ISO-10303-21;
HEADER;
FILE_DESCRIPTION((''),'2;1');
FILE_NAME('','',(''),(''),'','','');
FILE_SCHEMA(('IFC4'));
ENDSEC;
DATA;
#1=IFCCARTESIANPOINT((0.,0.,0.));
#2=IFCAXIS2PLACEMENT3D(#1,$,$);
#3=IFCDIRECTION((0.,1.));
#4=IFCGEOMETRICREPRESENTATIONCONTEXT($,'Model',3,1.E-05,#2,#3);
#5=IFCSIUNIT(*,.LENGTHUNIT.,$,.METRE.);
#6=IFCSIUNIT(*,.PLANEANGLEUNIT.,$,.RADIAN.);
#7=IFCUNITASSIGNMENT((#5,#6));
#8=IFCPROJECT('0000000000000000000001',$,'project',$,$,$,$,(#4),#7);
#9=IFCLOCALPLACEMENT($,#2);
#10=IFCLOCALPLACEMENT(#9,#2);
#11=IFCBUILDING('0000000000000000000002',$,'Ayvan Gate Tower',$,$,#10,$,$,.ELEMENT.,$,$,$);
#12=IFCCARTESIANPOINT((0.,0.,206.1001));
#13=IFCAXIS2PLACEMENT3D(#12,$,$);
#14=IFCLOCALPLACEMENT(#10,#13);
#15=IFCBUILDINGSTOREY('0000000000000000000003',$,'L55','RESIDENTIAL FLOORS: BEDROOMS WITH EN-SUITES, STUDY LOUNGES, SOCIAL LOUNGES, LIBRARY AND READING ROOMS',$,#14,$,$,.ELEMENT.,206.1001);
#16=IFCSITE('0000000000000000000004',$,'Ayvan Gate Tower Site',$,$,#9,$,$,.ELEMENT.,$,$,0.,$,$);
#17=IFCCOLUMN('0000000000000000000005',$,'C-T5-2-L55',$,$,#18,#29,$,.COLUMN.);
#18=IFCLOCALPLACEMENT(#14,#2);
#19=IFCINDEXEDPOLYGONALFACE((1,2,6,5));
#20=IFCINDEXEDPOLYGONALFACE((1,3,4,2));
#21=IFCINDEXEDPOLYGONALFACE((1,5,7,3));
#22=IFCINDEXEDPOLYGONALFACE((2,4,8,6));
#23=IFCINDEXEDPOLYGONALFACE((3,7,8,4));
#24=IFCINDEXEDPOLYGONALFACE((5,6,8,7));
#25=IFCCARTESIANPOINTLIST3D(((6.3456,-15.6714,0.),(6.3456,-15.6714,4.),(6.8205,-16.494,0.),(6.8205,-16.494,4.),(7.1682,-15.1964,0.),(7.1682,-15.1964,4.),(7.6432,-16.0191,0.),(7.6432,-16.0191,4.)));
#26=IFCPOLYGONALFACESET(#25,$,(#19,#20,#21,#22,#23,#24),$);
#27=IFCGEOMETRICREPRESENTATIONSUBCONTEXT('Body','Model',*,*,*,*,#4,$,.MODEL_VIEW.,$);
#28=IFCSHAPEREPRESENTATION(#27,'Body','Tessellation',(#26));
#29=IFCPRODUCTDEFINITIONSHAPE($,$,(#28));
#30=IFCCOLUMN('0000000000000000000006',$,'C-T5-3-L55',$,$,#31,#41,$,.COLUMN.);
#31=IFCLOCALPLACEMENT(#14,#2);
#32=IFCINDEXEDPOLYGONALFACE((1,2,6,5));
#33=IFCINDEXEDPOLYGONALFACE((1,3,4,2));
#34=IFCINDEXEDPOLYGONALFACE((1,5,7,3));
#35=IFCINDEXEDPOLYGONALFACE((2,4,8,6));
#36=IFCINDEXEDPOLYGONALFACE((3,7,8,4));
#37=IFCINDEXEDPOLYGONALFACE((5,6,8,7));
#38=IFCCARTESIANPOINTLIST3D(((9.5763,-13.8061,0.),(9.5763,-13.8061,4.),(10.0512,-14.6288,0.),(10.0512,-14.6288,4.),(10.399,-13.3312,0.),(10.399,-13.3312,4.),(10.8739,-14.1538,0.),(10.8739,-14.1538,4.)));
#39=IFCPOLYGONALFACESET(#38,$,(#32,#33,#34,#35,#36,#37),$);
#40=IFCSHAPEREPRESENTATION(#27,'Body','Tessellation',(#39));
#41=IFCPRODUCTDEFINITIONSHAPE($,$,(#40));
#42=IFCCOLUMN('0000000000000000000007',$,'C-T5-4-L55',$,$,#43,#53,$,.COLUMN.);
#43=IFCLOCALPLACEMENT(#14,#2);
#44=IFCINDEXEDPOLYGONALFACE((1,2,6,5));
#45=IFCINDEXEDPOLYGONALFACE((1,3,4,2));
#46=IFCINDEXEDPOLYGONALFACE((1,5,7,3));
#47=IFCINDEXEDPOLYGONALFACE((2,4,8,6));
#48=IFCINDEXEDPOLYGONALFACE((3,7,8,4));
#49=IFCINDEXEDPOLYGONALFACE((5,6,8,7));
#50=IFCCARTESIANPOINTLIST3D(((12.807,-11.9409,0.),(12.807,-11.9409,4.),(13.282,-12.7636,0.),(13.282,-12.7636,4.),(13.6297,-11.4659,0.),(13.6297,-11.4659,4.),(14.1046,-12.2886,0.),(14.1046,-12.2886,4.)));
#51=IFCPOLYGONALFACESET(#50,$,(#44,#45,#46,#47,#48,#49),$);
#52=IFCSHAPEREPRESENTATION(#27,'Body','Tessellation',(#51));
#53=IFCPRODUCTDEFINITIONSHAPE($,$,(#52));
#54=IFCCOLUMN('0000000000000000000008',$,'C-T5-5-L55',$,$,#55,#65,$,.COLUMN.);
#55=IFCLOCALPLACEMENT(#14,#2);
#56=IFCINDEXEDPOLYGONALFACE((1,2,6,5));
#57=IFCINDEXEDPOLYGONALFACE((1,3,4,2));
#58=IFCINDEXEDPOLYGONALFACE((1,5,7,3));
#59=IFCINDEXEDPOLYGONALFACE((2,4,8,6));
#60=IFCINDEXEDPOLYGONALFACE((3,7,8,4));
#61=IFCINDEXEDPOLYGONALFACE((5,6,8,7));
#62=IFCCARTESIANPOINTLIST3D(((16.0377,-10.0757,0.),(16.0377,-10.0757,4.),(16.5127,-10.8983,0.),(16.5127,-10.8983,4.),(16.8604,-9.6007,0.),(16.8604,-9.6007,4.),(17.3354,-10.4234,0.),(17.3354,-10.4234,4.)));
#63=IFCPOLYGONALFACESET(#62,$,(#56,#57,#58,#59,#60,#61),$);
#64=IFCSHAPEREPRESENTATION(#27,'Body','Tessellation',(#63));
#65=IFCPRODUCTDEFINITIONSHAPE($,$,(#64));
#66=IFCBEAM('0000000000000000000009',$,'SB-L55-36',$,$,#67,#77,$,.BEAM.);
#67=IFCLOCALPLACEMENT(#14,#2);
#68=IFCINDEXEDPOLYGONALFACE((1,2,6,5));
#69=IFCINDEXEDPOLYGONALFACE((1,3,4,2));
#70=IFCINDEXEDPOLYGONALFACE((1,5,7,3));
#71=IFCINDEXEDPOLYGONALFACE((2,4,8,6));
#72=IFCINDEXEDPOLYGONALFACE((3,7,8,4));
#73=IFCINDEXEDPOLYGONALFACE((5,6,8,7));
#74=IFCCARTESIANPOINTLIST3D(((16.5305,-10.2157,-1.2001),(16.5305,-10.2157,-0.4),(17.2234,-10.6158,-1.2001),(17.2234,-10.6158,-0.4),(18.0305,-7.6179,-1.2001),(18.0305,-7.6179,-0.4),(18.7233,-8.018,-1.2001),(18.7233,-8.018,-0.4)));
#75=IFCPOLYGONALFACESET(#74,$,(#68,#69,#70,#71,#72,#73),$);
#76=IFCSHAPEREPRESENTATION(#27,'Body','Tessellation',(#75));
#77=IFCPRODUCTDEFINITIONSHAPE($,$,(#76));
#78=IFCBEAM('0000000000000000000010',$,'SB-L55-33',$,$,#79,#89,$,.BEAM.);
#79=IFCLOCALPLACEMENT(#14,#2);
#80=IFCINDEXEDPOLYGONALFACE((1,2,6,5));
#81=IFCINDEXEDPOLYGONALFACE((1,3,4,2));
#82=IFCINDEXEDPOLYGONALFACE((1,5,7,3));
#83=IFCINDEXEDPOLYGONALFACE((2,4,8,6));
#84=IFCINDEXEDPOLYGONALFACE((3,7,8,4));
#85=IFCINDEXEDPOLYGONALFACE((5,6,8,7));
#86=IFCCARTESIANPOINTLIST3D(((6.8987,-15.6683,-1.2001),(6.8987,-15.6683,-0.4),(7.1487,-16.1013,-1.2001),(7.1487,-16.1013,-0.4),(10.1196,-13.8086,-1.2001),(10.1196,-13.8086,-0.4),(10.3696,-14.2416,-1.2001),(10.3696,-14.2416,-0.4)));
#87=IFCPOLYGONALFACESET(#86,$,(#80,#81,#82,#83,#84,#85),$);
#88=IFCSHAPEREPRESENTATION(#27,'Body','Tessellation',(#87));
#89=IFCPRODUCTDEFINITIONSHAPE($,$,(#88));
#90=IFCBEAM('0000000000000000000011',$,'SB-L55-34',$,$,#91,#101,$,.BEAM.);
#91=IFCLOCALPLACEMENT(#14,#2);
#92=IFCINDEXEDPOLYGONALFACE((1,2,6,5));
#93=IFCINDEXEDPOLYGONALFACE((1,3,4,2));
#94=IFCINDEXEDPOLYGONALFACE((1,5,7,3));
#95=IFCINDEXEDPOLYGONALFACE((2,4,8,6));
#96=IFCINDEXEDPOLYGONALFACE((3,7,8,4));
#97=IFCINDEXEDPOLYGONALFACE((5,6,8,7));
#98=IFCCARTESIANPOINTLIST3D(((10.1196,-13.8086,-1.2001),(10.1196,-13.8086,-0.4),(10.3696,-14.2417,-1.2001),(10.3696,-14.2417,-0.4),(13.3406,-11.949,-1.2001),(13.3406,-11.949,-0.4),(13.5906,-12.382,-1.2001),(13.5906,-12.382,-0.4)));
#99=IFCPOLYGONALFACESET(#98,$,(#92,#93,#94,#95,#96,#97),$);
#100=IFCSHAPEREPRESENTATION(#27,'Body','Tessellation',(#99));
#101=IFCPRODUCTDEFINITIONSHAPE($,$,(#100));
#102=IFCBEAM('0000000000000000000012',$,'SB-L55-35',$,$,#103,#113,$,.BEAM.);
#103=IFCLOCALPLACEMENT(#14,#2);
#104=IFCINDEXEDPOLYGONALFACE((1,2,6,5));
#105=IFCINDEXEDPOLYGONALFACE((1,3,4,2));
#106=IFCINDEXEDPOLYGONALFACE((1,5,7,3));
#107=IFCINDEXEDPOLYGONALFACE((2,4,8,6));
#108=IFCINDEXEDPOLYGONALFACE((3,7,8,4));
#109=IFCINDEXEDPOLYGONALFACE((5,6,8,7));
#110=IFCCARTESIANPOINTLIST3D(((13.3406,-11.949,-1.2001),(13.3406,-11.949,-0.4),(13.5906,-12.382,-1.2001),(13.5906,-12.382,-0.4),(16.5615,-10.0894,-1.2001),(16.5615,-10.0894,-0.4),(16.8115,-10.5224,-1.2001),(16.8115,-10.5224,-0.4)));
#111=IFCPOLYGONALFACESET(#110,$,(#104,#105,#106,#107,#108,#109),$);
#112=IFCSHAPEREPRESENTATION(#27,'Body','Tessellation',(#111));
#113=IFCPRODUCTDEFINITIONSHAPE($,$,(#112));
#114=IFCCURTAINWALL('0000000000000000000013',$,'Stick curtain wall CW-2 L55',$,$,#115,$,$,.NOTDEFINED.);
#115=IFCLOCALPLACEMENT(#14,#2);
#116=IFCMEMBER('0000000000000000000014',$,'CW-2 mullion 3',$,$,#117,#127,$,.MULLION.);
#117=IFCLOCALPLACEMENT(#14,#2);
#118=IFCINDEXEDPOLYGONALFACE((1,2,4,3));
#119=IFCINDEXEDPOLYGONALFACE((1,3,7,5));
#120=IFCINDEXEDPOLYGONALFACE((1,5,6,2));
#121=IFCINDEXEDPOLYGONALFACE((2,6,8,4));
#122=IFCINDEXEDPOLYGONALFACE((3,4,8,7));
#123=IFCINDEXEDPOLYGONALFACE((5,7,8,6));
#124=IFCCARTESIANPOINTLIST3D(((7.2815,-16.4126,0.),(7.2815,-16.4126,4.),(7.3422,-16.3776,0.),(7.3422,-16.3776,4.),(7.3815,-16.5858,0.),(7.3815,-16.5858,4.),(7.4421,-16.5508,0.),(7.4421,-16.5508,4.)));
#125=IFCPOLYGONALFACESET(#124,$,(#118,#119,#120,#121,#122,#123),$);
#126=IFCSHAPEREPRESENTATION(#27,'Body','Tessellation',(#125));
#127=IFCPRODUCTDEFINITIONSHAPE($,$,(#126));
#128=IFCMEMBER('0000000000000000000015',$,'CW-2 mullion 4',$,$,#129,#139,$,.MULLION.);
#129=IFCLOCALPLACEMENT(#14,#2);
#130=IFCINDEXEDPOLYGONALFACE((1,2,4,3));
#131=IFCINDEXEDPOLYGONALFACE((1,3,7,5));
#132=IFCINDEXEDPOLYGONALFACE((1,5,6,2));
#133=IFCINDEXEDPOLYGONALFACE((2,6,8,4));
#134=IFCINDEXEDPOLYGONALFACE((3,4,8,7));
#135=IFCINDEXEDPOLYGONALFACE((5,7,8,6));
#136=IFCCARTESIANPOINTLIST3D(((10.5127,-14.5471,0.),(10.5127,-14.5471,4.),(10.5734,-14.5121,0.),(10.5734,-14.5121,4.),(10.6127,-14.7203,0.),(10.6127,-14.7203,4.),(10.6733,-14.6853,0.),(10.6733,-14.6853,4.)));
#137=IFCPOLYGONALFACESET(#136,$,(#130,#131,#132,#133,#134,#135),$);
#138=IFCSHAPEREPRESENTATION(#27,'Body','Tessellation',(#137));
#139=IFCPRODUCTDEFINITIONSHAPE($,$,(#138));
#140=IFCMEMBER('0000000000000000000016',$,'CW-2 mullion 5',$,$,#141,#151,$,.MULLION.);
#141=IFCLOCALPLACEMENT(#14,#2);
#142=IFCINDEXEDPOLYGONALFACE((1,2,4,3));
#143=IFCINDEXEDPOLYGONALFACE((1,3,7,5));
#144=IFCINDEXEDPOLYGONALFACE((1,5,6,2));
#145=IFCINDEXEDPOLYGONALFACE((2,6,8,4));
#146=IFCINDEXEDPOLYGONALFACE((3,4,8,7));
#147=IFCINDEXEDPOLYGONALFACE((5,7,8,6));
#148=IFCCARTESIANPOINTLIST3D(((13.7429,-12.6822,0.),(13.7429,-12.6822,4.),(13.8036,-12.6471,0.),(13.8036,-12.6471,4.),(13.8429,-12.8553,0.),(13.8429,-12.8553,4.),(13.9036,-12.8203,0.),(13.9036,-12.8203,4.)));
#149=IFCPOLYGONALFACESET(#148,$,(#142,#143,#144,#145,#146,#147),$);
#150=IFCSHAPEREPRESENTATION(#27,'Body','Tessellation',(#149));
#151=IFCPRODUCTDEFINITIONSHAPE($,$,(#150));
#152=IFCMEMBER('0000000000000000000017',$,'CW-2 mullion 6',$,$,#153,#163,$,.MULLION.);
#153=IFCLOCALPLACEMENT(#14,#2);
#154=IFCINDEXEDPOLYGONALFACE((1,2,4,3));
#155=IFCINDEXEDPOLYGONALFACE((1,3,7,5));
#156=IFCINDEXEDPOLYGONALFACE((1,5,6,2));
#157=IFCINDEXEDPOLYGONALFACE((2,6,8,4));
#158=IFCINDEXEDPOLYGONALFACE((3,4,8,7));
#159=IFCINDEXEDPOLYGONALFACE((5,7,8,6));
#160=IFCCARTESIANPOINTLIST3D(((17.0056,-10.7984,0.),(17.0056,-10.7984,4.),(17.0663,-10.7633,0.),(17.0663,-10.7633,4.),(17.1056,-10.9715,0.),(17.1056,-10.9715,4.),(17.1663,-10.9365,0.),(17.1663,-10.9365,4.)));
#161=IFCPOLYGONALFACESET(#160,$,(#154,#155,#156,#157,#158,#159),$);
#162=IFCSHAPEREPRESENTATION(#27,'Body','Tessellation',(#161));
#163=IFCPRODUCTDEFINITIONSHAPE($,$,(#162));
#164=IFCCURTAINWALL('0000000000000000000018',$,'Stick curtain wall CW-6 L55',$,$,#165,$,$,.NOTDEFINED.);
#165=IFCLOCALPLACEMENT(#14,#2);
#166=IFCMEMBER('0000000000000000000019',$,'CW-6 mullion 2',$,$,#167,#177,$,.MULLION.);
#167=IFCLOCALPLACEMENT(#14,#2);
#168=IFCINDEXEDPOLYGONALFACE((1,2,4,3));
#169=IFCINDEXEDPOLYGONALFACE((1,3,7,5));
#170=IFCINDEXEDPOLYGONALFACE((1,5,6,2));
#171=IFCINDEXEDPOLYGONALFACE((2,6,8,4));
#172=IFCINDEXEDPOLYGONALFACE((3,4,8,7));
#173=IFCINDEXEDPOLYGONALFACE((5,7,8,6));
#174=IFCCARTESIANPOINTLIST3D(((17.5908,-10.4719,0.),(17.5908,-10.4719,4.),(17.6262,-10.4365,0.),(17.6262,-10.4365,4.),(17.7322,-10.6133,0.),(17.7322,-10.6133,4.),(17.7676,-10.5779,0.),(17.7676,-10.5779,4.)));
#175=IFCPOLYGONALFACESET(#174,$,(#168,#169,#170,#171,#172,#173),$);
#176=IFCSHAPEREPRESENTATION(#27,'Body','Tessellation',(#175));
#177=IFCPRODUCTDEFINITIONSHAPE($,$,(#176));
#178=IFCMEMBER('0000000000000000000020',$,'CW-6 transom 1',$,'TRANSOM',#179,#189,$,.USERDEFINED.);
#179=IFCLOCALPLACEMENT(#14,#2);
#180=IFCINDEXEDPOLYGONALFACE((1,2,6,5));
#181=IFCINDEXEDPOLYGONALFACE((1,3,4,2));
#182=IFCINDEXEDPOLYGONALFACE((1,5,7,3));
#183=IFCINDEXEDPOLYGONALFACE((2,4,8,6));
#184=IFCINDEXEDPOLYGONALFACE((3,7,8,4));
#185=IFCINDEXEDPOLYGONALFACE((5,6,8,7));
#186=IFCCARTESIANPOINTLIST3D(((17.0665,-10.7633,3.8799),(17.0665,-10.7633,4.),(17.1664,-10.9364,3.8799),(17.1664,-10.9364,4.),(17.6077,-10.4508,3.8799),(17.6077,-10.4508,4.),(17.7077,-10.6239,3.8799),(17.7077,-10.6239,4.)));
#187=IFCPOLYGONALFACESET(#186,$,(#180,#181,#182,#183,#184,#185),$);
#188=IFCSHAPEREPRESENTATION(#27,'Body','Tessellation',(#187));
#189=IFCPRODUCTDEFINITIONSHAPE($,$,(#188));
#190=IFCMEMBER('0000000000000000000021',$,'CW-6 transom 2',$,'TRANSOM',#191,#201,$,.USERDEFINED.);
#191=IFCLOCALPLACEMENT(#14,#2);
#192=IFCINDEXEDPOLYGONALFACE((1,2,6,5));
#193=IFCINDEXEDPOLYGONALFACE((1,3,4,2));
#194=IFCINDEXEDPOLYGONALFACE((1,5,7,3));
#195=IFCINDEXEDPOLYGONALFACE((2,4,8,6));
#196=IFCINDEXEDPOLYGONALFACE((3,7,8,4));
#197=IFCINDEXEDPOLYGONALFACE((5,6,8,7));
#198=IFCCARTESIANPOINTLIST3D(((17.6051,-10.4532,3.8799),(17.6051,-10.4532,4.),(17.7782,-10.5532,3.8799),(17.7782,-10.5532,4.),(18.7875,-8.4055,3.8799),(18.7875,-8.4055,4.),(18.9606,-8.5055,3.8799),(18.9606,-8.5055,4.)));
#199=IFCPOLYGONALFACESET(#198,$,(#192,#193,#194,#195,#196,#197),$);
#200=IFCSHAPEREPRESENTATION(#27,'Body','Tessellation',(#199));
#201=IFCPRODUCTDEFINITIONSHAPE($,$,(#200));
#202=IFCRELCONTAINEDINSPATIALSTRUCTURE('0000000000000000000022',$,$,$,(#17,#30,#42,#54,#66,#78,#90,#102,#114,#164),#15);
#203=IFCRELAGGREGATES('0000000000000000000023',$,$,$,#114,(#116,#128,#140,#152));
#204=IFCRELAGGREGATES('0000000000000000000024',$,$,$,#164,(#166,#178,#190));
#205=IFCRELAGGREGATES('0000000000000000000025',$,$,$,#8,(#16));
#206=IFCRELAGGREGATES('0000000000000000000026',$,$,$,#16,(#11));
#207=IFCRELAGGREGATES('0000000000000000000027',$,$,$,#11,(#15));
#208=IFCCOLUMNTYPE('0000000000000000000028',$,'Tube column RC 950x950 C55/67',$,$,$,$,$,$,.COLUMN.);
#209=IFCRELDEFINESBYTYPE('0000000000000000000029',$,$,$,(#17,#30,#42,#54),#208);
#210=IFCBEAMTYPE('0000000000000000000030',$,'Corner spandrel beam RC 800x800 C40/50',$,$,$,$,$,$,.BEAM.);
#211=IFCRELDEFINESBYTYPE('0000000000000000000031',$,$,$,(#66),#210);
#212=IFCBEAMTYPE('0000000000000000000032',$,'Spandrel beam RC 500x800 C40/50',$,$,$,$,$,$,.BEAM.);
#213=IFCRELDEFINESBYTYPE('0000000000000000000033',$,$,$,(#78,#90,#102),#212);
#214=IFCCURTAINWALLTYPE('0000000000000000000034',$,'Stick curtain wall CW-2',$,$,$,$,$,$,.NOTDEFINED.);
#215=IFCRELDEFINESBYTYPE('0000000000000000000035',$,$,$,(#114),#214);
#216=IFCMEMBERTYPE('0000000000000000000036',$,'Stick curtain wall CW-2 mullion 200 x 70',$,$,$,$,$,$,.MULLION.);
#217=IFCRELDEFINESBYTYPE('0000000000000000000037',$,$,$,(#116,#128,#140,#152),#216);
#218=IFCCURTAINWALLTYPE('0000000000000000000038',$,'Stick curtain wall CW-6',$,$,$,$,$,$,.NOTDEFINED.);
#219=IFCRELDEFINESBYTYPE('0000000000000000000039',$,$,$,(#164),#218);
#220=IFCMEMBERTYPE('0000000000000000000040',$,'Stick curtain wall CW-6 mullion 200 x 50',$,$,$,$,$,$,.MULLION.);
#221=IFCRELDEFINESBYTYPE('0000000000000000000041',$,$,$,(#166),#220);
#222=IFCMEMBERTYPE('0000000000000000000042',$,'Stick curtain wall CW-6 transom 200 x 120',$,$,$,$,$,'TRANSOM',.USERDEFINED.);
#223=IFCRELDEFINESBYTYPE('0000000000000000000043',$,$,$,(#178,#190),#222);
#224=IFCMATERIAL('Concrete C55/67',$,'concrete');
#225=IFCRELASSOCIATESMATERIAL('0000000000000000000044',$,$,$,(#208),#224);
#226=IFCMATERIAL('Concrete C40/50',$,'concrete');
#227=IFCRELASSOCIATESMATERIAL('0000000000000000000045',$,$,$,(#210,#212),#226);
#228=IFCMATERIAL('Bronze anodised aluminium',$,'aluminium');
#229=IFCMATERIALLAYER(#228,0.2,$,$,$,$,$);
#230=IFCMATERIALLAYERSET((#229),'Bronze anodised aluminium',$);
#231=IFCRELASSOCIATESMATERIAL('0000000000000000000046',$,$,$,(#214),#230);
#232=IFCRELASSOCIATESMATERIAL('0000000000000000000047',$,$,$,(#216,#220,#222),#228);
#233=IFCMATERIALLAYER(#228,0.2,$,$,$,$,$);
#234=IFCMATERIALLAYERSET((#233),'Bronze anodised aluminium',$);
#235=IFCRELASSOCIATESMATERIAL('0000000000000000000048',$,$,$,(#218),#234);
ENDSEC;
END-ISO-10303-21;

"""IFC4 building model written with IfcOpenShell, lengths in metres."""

from ifc_helpers import new_model, si_unit, direction, frame, origin, origin_2d, place, context, subcontext, project, spatial, rectangle, extrude, material, layer, layer_set, material_profile, profile_set, type_object, element, aggregate, save


model = new_model("IFC4")

# Units and contexts
model_context = context("Model", 3, precision=1e-05, world=origin(), true_north=direction((0.0, 1.0)))
body_context = subcontext(model_context, "Body", "Model", "MODEL_VIEW")
ifc_project = project(units=[si_unit("LENGTHUNIT", "METRE"), si_unit("PLANEANGLEUNIT", "RADIAN")], contexts=[model_context])

# Site, building, storey
site_placement = place(None, origin())
site = spatial("IfcSite", under=ifc_project, at=site_placement, Name="Ayvan Gate Tower Site", CompositionType="ELEMENT", RefElevation=0.0)
building_placement = place(site_placement, origin())
building = spatial("IfcBuilding", under=site, at=building_placement, Name="Ayvan Gate Tower", CompositionType="ELEMENT")
storey_placement = place(building_placement, frame((0.0, 0.0, 206.1001)))
storey = spatial("IfcBuildingStorey", under=building, at=storey_placement, Name="L55", Description="RESIDENTIAL FLOORS: BEDROOMS WITH EN-SUITES, STUDY LOUNGES, SOCIAL LOUNGES, LIBRARY AND READING ROOMS", CompositionType="ELEMENT", Elevation=206.1001)

# Columns
ifc_material_1 = material(Name="Concrete C55/67", Category="concrete")
ifc_material_profile_1 = material_profile(ifc_material_1, rectangle(XDim=0.95, YDim=0.95, at=origin_2d()), Name="RC 950x950")
ifc_profile_set_1 = profile_set([ifc_material_profile_1], Name="Concrete C55/67")
column_type = type_object("IfcColumnType", Name="Tube column RC 950x950 C55/67", PredefinedType="COLUMN", material=ifc_profile_set_1)
for number, where, z_axis, x_axis, name in (
    (1, (6.9944, -15.8452, 0.0), (0.0, 0.0, 1.0), (0.5, -0.866025, 0.0), "C-T5-2-L55"),
    (2, (10.2251, -13.98, 0.0), (0.0, 0.0, 1.0), (0.5, -0.866025, 0.0), "C-T5-3-L55"),
    (3, (13.4558, -12.1147, 0.0), (0.0, 0.0, 1.0), (0.5, -0.866025, 0.0), "C-T5-4-L55"),
    (4, (16.6865, -10.2495, 0.0), (0.0, 0.0, 1.0), (0.5, -0.866025, 0.0), "C-T5-5-L55"),
):
    element("IfcColumn", number, at=place(storey_placement, frame(where, z_axis=z_axis, x_axis=x_axis)), inside=storey, type_object=column_type, Name=name, PredefinedType="COLUMN", context=body_context, shape_type="SweptSolid", body=[
        extrude(rectangle(XDim=0.95, YDim=0.95, at=origin_2d()), origin(), (0.0, 0.0, 1.0), 4.0),
    ])

# Beams
ifc_material_2 = material(Name="Concrete C40/50", Category="concrete")
ifc_material_profile_2 = material_profile(ifc_material_2, rectangle(XDim=0.8, YDim=0.8, at=origin_2d()), Name="RC 800x800")
ifc_profile_set_2 = profile_set([ifc_material_profile_2], Name="Concrete C40/50")
beam_type_1 = type_object("IfcBeamType", Name="Corner spandrel beam RC 800x800 C40/50", PredefinedType="BEAM", material=ifc_profile_set_2)
beam_placement = place(storey_placement, frame((16.877, -10.4158, -0.8), z_axis=(0.500025, 0.866011, 0.0), x_axis=(-0.866011, 0.500025, 0.0)))
element("IfcBeam", 5, at=beam_placement, inside=storey, type_object=beam_type_1, Name="SB-L55-36", PredefinedType="BEAM", context=body_context, shape_type="SweptSolid", body=[
    extrude(rectangle(XDim=0.8, YDim=0.8, at=origin_2d()), origin(), (0.0, 0.0, 1.0), 2.9998),
])
ifc_material_profile_3 = material_profile(ifc_material_2, rectangle(XDim=0.5, YDim=0.8, at=origin_2d()), Name="RC 500x800")
ifc_profile_set_3 = profile_set([ifc_material_profile_3], Name="Concrete C40/50")
beam_type_2 = type_object("IfcBeamType", Name="Spandrel beam RC 500x800 C40/50", PredefinedType="BEAM", material=ifc_profile_set_3)
for number, where, z_axis, x_axis, name in (
    (6, (7.0237, -15.8848, -0.8), (0.866025, 0.500001, 0.0), (-0.500001, 0.866025, 0.0), "SB-L55-33"),
    (7, (10.2446, -14.0251, -0.8), (0.866025, 0.500001, 0.0), (-0.500001, 0.866025, 0.0), "SB-L55-34"),
    (8, (13.4656, -12.1655, -0.8), (0.866025, 0.500001, 0.0), (-0.500001, 0.866025, 0.0), "SB-L55-35"),
):
    element("IfcBeam", number, at=place(storey_placement, frame(where, z_axis=z_axis, x_axis=x_axis)), inside=storey, type_object=beam_type_2, Name=name, PredefinedType="BEAM", context=body_context, shape_type="SweptSolid", body=[
        extrude(rectangle(XDim=0.5, YDim=0.8, at=origin_2d()), origin(), (0.0, 0.0, 1.0), 3.7192),
    ])

# Curtain walls, members
ifc_material_3 = material(Name="Bronze anodised aluminium", Category="aluminium")
ifc_layer_1 = layer(ifc_material_3, 0.2)
ifc_layer_set_1 = layer_set([ifc_layer_1], Name="Bronze anodised aluminium")
curtain_wall_type_1 = type_object("IfcCurtainWallType", Name="Stick curtain wall CW-2", PredefinedType="NOTDEFINED", material=ifc_layer_set_1)
curtain_wall_1_placement = place(storey_placement, origin())
curtain_wall_1 = element("IfcCurtainWall", 9, at=curtain_wall_1_placement, inside=storey, type_object=curtain_wall_type_1, Name="Stick curtain wall CW-2 L55", PredefinedType="NOTDEFINED")
ifc_material_profile_4 = material_profile(ifc_material_3, rectangle(XDim=0.2, YDim=0.0701, at=origin_2d()), Name="Stick curtain wall CW-2 mullion 200 x 70")
ifc_profile_set_4 = profile_set([ifc_material_profile_4], Name="Bronze anodised aluminium")
member_type_1 = type_object("IfcMemberType", Name="Stick curtain wall CW-2 mullion 200 x 70", PredefinedType="MULLION", material=ifc_profile_set_4)
member_1_placement = place(storey_placement, frame((7.3618, -16.4817, 0.0), z_axis=(0.0, 0.0, 1.0), x_axis=(0.5, -0.866025, 0.0)))
member_1 = element("IfcMember", 10, at=member_1_placement, type_object=member_type_1, Name="CW-2 mullion 3", PredefinedType="MULLION", context=body_context, shape_type="SweptSolid", body=[
    extrude(rectangle(XDim=0.2, YDim=0.0701, at=origin_2d()), origin(), (0.0, 0.0, 1.0), 4.0),
])
member_2_placement = place(storey_placement, frame((10.593, -14.6162, 0.0), z_axis=(0.0, 0.0, 1.0), x_axis=(0.5, -0.866025, 0.0)))
member_2 = element("IfcMember", 11, at=member_2_placement, type_object=member_type_1, Name="CW-2 mullion 4", PredefinedType="MULLION", context=body_context, shape_type="SweptSolid", body=[
    extrude(rectangle(XDim=0.2, YDim=0.0701, at=origin_2d()), origin(), (0.0, 0.0, 1.0), 4.0),
])
member_3_placement = place(storey_placement, frame((13.8232, -12.7512, 0.0), z_axis=(0.0, 0.0, 1.0), x_axis=(0.5, -0.866025, 0.0)))
member_3 = element("IfcMember", 12, at=member_3_placement, type_object=member_type_1, Name="CW-2 mullion 5", PredefinedType="MULLION", context=body_context, shape_type="SweptSolid", body=[
    extrude(rectangle(XDim=0.2, YDim=0.0701, at=origin_2d()), origin(), (0.0, 0.0, 1.0), 4.0),
])
member_4_placement = place(storey_placement, frame((17.0859, -10.8674, 0.0), z_axis=(0.0, 0.0, 1.0), x_axis=(0.5, -0.866025, 0.0)))
member_4 = element("IfcMember", 13, at=member_4_placement, type_object=member_type_1, Name="CW-2 mullion 6", PredefinedType="MULLION", context=body_context, shape_type="SweptSolid", body=[
    extrude(rectangle(XDim=0.2, YDim=0.0701, at=origin_2d()), origin(), (0.0, 0.0, 1.0), 4.0),
])
ifc_layer_2 = layer(ifc_material_3, 0.2)
ifc_layer_set_2 = layer_set([ifc_layer_2], Name="Bronze anodised aluminium")
curtain_wall_type_2 = type_object("IfcCurtainWallType", Name="Stick curtain wall CW-6", PredefinedType="NOTDEFINED", material=ifc_layer_set_2)
curtain_wall_2_placement = place(storey_placement, origin())
curtain_wall_2 = element("IfcCurtainWall", 14, at=curtain_wall_2_placement, inside=storey, type_object=curtain_wall_type_2, Name="Stick curtain wall CW-6 L55", PredefinedType="NOTDEFINED")
ifc_material_profile_5 = material_profile(ifc_material_3, rectangle(XDim=0.2, YDim=0.05, at=origin_2d()), Name="Stick curtain wall CW-6 mullion 200 x 50")
ifc_profile_set_5 = profile_set([ifc_material_profile_5], Name="Bronze anodised aluminium")
member_type_2 = type_object("IfcMemberType", Name="Stick curtain wall CW-6 mullion 200 x 50", PredefinedType="MULLION", material=ifc_profile_set_5)
member_5_placement = place(storey_placement, frame((17.6792, -10.5249, 0.0), z_axis=(0.0, 0.0, 1.0), x_axis=(0.707107, -0.707107, 0.0)))
member_5 = element("IfcMember", 15, at=member_5_placement, type_object=member_type_2, Name="CW-6 mullion 2", PredefinedType="MULLION", context=body_context, shape_type="SweptSolid", body=[
    extrude(rectangle(XDim=0.2, YDim=0.05, at=origin_2d()), origin(), (0.0, 0.0, 1.0), 4.0),
])
ifc_material_profile_6 = material_profile(ifc_material_3, rectangle(XDim=0.2, YDim=0.1201, at=origin_2d()), Name="Stick curtain wall CW-6 transom 200 x 120")
ifc_profile_set_6 = profile_set([ifc_material_profile_6], Name="Bronze anodised aluminium")
member_type_3 = type_object("IfcMemberType", Name="Stick curtain wall CW-6 transom 200 x 120", ElementType="TRANSOM", PredefinedType="USERDEFINED", material=ifc_profile_set_6)
member_6_placement = place(storey_placement, frame((17.1165, -10.8499, 3.9399), z_axis=(0.866023, 0.500004, 0.0), x_axis=(-0.500004, 0.866023, 0.0)))
member_6 = element("IfcMember", 16, at=member_6_placement, type_object=member_type_3, Name="CW-6 transom 1", ObjectType="TRANSOM", PredefinedType="USERDEFINED", context=body_context, shape_type="SweptSolid", body=[
    extrude(rectangle(XDim=0.2, YDim=0.1201, at=origin_2d()), origin(), (0.0, 0.0, 1.0), 0.625),
])
member_7_placement = place(storey_placement, frame((17.6917, -10.5032, 3.9399), z_axis=(0.500059, 0.865991, 0.0), x_axis=(-0.865991, 0.500059, 0.0)))
member_7 = element("IfcMember", 17, at=member_7_placement, type_object=member_type_3, Name="CW-6 transom 2", ObjectType="TRANSOM", PredefinedType="USERDEFINED", context=body_context, shape_type="SweptSolid", body=[
    extrude(rectangle(XDim=0.2, YDim=0.1201, at=origin_2d()), origin(), (0.0, 0.0, 1.0), 2.3645),
])

aggregate(curtain_wall_1, [member_1, member_2, member_3, member_4])
aggregate(curtain_wall_2, [member_5, member_6, member_7])

save(model, "model.ifc")
